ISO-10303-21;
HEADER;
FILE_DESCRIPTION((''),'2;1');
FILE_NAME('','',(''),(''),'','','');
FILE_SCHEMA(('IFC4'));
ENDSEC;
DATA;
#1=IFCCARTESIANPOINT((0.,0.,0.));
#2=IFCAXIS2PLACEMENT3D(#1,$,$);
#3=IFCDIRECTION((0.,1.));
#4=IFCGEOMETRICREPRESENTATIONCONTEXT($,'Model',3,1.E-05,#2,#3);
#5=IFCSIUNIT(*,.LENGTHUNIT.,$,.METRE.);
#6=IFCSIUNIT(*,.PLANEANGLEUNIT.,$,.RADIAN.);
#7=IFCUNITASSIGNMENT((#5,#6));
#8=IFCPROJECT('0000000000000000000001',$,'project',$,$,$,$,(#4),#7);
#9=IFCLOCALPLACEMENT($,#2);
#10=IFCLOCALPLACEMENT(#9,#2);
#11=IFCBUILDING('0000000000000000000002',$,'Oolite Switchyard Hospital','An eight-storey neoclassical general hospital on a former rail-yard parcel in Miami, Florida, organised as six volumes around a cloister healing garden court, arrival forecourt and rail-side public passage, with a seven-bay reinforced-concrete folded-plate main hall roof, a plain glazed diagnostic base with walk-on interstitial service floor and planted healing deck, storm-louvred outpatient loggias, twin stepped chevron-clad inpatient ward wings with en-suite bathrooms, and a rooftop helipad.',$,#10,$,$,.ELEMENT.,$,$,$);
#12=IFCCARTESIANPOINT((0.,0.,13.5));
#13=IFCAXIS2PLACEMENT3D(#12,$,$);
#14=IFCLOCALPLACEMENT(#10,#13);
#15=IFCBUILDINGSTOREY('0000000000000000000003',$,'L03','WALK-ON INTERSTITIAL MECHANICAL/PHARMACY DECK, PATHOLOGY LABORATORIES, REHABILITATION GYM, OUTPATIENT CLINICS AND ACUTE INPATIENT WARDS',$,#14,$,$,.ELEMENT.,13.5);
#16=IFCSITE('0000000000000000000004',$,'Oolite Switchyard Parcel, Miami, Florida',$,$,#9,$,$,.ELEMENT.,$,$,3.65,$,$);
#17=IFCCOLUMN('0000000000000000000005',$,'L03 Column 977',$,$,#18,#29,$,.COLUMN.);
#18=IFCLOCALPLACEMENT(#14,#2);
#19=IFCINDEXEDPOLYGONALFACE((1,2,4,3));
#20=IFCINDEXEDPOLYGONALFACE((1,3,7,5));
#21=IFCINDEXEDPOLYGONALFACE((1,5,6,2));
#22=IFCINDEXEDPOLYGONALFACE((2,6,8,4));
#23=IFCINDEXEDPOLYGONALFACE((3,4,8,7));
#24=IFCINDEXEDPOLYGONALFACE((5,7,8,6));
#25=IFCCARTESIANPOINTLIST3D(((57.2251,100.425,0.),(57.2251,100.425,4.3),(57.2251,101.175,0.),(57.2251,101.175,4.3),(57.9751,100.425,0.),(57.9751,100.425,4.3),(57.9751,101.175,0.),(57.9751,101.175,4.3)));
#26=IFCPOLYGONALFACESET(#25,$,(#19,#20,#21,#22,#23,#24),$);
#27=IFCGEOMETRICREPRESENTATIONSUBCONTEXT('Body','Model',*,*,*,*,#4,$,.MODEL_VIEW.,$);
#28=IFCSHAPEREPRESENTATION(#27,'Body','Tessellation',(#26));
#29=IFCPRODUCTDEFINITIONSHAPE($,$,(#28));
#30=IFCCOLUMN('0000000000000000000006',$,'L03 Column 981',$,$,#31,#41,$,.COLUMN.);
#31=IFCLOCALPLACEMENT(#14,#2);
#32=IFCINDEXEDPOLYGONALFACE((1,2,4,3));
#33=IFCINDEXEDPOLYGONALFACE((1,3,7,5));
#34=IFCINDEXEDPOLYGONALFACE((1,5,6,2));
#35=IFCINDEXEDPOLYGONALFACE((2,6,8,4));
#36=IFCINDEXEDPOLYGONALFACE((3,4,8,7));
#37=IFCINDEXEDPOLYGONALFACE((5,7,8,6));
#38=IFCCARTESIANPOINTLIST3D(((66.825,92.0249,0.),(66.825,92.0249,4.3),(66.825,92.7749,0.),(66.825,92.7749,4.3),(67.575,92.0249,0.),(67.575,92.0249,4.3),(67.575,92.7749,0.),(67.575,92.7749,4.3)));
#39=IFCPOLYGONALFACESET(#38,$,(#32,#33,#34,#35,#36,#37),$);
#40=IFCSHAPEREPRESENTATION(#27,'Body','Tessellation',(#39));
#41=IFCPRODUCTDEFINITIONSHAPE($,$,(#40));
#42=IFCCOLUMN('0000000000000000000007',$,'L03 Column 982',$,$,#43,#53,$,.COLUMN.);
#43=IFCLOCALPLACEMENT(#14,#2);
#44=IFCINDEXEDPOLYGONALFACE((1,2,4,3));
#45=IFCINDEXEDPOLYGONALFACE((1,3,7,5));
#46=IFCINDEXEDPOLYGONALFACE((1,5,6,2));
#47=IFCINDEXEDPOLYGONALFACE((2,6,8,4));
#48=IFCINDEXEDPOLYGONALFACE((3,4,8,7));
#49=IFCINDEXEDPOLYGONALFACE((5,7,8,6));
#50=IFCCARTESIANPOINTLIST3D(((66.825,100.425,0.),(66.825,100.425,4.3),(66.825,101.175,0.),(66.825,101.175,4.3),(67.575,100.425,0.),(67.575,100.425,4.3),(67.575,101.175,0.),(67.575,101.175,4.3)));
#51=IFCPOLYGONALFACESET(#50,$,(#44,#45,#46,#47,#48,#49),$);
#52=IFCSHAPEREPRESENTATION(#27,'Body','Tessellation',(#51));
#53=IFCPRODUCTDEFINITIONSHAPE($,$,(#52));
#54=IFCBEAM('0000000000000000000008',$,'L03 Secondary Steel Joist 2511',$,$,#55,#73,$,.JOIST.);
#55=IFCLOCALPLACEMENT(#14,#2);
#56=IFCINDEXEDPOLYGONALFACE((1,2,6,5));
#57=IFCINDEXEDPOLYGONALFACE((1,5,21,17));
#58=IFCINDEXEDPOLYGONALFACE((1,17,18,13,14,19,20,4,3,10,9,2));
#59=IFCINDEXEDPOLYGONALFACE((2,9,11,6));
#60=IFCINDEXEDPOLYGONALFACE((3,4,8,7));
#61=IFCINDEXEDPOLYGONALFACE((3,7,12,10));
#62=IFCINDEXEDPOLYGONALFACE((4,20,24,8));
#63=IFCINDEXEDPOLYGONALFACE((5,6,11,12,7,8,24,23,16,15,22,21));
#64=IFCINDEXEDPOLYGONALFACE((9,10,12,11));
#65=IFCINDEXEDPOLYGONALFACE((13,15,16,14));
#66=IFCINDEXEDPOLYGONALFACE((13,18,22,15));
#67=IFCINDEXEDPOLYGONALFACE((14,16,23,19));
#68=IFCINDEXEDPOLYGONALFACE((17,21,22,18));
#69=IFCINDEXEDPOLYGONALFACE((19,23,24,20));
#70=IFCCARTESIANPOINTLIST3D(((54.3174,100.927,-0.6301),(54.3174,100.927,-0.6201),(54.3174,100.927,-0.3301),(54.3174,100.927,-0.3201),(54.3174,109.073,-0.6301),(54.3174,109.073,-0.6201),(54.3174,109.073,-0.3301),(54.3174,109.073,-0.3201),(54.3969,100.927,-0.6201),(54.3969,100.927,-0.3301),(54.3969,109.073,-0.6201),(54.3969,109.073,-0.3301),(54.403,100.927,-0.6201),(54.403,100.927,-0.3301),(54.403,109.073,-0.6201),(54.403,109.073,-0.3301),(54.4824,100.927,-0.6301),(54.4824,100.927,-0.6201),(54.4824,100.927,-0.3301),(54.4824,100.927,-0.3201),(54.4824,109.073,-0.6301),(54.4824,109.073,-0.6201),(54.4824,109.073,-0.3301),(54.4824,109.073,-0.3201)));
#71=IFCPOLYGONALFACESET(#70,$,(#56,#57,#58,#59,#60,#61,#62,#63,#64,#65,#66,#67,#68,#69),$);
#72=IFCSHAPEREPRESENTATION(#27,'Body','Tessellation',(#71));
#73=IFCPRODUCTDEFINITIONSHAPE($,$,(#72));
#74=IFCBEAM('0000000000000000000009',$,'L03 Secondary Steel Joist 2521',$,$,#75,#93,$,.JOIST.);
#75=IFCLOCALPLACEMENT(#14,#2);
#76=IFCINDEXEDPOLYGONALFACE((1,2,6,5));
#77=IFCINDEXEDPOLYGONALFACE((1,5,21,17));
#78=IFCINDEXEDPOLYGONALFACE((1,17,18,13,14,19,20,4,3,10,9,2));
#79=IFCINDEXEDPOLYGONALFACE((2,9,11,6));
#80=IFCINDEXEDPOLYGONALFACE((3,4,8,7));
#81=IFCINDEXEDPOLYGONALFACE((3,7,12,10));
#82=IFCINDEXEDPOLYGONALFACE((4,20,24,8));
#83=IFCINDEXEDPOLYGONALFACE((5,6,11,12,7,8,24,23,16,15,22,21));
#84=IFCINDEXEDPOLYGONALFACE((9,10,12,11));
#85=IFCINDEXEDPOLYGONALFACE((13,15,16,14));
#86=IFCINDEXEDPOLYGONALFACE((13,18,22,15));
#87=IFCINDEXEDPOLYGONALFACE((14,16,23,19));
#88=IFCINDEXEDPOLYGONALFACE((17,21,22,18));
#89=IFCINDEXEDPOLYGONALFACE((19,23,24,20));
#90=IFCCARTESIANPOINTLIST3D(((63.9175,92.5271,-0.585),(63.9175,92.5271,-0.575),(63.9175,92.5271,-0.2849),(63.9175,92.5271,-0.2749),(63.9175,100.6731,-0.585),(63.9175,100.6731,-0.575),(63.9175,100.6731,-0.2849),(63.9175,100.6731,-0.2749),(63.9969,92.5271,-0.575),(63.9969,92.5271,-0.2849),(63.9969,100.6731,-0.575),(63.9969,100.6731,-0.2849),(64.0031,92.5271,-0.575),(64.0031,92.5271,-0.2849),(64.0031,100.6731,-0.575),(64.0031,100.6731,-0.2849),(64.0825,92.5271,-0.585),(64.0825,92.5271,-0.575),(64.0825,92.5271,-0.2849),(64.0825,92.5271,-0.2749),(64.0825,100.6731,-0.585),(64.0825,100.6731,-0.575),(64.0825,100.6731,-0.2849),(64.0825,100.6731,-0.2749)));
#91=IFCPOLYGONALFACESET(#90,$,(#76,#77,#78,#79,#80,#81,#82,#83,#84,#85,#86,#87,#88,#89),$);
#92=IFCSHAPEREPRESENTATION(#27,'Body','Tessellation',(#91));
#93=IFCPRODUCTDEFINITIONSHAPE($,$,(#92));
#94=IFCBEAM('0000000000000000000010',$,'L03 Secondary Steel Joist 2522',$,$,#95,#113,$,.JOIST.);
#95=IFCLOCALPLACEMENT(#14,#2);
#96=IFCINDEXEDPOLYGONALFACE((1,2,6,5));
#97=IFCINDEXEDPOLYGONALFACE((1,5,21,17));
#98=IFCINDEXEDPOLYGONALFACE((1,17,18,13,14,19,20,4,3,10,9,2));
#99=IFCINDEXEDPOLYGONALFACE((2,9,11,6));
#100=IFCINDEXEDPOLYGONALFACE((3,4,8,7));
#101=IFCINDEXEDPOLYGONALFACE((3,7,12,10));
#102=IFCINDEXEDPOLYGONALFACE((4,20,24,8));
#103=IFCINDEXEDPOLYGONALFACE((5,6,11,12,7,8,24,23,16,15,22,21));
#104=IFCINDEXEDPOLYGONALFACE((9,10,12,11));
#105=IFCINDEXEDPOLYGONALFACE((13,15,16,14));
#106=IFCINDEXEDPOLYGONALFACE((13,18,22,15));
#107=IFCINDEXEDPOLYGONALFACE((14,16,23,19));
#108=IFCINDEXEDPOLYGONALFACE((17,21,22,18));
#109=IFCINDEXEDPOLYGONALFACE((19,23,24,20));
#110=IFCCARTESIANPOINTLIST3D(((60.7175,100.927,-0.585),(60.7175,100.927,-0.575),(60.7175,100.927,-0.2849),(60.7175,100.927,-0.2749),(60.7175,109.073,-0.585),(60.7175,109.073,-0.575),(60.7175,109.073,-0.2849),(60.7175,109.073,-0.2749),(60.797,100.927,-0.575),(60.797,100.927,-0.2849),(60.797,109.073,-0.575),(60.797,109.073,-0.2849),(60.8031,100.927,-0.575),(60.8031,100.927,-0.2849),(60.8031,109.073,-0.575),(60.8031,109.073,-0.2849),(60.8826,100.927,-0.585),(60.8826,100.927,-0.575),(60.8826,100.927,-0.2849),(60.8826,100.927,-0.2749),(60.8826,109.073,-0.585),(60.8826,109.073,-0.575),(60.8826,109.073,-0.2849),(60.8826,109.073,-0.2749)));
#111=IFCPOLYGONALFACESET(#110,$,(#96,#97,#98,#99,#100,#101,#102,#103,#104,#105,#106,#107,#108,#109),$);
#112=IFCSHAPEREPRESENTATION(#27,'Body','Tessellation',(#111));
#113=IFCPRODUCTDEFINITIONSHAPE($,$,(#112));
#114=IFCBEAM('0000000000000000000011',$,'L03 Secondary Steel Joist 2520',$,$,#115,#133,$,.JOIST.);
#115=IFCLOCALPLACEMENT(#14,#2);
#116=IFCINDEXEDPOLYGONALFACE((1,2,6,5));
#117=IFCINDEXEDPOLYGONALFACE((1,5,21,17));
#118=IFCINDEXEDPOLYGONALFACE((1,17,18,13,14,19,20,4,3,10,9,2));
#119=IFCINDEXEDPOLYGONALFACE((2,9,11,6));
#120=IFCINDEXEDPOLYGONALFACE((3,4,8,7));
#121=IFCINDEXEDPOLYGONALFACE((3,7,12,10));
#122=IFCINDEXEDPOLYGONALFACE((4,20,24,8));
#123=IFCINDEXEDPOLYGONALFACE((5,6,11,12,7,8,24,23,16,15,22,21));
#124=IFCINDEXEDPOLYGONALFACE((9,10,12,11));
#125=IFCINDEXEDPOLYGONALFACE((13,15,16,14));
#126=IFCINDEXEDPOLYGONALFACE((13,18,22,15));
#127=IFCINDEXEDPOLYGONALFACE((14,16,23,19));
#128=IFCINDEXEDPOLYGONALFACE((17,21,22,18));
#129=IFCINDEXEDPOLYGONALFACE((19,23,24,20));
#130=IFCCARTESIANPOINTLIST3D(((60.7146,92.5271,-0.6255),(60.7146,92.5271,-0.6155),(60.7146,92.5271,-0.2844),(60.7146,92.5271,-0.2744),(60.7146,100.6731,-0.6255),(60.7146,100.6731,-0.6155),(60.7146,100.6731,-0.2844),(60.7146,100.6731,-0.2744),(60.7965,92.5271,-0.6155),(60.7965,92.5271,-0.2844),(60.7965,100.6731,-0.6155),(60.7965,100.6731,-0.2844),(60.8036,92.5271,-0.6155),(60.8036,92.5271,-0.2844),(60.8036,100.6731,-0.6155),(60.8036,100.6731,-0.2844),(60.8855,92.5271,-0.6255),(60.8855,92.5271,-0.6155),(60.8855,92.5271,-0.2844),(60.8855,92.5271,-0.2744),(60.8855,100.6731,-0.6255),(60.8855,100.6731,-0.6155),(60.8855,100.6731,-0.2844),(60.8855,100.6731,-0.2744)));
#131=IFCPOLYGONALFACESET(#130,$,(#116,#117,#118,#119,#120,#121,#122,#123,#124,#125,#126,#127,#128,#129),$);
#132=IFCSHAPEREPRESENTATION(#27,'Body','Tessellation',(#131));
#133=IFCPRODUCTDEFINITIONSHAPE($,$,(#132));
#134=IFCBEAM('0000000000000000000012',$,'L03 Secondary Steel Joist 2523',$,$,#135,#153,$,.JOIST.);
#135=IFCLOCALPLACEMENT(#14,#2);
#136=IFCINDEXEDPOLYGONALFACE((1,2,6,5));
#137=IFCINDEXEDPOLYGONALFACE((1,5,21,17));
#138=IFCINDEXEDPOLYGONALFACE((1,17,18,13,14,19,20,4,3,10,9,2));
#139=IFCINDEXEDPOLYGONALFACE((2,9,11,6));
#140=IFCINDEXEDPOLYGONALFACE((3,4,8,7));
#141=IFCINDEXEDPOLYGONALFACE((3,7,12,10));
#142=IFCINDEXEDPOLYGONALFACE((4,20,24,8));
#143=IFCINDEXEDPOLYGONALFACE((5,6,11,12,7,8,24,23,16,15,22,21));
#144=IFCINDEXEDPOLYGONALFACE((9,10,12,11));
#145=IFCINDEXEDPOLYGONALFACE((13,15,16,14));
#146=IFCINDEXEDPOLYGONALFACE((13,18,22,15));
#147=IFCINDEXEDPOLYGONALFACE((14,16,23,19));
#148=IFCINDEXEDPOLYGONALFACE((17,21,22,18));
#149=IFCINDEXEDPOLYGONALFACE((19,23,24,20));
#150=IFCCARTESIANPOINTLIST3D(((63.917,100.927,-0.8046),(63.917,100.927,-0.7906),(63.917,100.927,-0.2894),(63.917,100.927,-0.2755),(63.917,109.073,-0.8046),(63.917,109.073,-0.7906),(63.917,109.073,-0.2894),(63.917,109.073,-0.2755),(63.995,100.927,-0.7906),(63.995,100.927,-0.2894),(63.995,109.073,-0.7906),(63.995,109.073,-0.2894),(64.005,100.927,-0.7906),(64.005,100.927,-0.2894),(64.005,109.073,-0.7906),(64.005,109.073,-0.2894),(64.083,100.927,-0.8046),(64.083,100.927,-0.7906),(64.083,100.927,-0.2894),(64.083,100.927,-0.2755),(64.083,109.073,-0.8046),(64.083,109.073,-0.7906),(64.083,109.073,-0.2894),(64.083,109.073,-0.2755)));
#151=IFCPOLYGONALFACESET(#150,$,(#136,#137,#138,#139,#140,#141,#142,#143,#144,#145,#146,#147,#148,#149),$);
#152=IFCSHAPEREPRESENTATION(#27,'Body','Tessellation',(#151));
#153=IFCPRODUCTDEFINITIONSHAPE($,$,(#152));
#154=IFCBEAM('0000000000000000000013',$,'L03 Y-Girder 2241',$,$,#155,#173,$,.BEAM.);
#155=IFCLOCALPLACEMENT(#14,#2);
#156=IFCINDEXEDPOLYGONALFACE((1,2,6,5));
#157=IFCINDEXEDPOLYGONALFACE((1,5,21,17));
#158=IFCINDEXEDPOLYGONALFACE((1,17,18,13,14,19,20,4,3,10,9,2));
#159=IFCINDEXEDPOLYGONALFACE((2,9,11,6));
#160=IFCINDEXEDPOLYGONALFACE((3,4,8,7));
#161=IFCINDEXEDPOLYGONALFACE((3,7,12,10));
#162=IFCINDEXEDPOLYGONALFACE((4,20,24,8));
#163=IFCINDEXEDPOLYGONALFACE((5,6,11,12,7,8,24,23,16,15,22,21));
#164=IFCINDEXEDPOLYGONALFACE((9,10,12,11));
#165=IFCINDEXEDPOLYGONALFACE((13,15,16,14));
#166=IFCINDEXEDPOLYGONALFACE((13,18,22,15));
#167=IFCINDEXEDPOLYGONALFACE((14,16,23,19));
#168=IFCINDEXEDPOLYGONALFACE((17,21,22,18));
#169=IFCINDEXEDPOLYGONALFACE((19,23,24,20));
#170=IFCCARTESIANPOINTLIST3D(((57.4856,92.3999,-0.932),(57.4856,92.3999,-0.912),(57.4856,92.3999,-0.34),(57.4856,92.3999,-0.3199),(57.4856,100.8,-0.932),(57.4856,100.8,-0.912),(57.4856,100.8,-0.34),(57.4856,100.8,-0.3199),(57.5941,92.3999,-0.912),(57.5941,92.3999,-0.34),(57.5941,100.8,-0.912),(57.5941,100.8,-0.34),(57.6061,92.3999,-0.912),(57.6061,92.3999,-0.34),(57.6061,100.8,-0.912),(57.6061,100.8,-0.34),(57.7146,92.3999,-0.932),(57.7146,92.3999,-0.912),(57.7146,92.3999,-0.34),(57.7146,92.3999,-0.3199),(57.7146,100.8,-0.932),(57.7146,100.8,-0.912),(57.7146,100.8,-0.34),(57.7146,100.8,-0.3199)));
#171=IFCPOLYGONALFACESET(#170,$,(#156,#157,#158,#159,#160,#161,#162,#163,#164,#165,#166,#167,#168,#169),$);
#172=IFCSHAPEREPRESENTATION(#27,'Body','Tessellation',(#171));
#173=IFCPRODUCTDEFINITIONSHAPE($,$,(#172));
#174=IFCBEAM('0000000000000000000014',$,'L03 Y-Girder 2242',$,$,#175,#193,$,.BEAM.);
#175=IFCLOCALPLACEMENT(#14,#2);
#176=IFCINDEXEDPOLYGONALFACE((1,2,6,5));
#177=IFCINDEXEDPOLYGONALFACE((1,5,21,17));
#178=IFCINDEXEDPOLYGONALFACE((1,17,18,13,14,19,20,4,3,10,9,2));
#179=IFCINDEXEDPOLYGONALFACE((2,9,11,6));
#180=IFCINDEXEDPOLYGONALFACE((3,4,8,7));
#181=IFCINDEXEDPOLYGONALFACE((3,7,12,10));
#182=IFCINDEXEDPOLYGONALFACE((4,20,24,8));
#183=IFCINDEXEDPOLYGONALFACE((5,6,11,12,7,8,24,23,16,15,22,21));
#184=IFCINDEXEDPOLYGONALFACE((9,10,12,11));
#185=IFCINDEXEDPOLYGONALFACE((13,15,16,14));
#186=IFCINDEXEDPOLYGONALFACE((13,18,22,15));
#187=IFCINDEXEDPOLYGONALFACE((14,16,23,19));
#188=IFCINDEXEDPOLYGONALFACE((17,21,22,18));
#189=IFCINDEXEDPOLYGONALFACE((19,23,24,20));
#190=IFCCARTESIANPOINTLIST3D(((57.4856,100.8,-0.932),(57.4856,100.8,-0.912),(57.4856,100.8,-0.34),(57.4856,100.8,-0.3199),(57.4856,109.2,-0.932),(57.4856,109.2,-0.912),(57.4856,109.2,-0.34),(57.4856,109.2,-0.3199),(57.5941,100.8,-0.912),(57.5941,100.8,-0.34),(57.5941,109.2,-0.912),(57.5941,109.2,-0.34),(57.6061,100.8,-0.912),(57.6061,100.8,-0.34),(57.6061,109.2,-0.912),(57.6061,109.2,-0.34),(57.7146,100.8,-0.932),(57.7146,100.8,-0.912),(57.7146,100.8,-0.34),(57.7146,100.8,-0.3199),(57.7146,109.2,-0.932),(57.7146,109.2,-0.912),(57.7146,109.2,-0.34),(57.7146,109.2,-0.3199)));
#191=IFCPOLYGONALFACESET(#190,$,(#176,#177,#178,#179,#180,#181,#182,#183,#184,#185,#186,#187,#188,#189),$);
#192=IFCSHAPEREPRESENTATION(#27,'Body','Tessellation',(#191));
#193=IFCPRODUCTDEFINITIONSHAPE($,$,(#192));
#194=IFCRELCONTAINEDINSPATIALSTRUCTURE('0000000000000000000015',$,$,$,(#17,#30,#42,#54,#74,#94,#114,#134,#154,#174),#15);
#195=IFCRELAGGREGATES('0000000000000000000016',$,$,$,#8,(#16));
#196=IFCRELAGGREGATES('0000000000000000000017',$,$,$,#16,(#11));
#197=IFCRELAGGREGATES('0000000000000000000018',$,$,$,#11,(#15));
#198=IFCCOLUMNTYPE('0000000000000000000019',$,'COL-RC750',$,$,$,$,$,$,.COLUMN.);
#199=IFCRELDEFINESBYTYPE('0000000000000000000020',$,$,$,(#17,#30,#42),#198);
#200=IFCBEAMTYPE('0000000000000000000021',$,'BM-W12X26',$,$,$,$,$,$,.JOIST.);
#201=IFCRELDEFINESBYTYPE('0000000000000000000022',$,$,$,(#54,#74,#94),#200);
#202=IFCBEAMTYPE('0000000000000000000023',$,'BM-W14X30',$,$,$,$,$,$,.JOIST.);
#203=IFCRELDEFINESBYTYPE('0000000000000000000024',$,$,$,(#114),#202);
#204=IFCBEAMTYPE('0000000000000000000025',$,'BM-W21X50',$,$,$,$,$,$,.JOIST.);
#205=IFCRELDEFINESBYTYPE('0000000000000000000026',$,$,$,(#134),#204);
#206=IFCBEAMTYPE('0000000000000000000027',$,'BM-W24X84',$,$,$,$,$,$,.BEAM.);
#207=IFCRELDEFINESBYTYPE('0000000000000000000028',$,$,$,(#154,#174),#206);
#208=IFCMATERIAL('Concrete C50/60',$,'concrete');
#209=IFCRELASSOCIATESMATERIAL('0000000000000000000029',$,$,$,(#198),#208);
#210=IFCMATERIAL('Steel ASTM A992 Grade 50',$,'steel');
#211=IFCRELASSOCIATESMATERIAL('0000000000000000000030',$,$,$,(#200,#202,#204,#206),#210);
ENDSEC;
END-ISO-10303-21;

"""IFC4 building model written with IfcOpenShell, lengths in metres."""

from ifc_helpers import new_model, si_unit, direction, frame, origin, origin_2d, place, context, subcontext, project, spatial, rectangle, i_section, extrude, material, material_profile, profile_set, type_object, element, save


model = new_model("IFC4")

# Units and contexts
model_context = context("Model", 3, precision=1e-05, world=origin(), true_north=direction((0.0, 1.0)))
body_context = subcontext(model_context, "Body", "Model", "MODEL_VIEW")
ifc_project = project(units=[si_unit("LENGTHUNIT", "METRE"), si_unit("PLANEANGLEUNIT", "RADIAN")], contexts=[model_context])

# Site, building, storey
site_placement = place(None, origin())
site = spatial("IfcSite", under=ifc_project, at=site_placement, Name="Oolite Switchyard Parcel, Miami, Florida", CompositionType="ELEMENT", RefElevation=3.65)
building_placement = place(site_placement, origin())
building = spatial("IfcBuilding", under=site, at=building_placement, Name="Oolite Switchyard Hospital", Description="An eight-storey neoclassical general hospital on a former rail-yard parcel in Miami, Florida, organised as six volumes around a cloister healing garden court, arrival forecourt and rail-side public passage, with a seven-bay reinforced-concrete folded-plate main hall roof, a plain glazed diagnostic base with walk-on interstitial service floor and planted healing deck, storm-louvred outpatient loggias, twin stepped chevron-clad inpatient ward wings with en-suite bathrooms, and a rooftop helipad.", CompositionType="ELEMENT")
storey_placement = place(building_placement, frame((0.0, 0.0, 13.5)))
storey = spatial("IfcBuildingStorey", under=building, at=storey_placement, Name="L03", Description="WALK-ON INTERSTITIAL MECHANICAL/PHARMACY DECK, PATHOLOGY LABORATORIES, REHABILITATION GYM, OUTPATIENT CLINICS AND ACUTE INPATIENT WARDS", CompositionType="ELEMENT", Elevation=13.5)

# Columns
ifc_material_1 = material(Name="Concrete C50/60", Category="concrete")
ifc_material_profile_1 = material_profile(ifc_material_1, rectangle(XDim=0.75, YDim=0.75, at=origin_2d()), Name="RC750X750")
ifc_profile_set_1 = profile_set([ifc_material_profile_1], Name="Concrete C50/60")
column_type = type_object("IfcColumnType", Name="COL-RC750", PredefinedType="COLUMN", material=ifc_profile_set_1)
for number, where, z_axis, x_axis, name in (
    (1, (57.6001, 100.8, 0.0), (0.0, 0.0, 1.0), (1.0, 0.0, 0.0), "L03 Column 977"),
    (2, (67.2, 92.3999, 0.0), (0.0, 0.0, 1.0), (1.0, 0.0, 0.0), "L03 Column 981"),
    (3, (67.2, 100.8, 0.0), (0.0, 0.0, 1.0), (1.0, 0.0, 0.0), "L03 Column 982"),
):
    element("IfcColumn", number, at=place(storey_placement, frame(where, z_axis=z_axis, x_axis=x_axis)), inside=storey, type_object=column_type, Name=name, PredefinedType="COLUMN", context=body_context, shape_type="SweptSolid", body=[
        extrude(rectangle(XDim=0.75, YDim=0.75, at=origin_2d()), origin(), (0.0, 0.0, 1.0), 4.3),
    ])

# Beams
ifc_material_2 = material(Name="Steel ASTM A992 Grade 50", Category="steel")
ifc_material_profile_2 = material_profile(ifc_material_2, i_section(OverallWidth=0.165, OverallDepth=0.3101, WebThickness=0.0061, FlangeThickness=0.01, at=origin_2d()), Name="W12X26")
ifc_profile_set_2 = profile_set([ifc_material_profile_2], Name="Steel ASTM A992 Grade 50")
beam_type_1 = type_object("IfcBeamType", Name="BM-W12X26", PredefinedType="JOIST", material=ifc_profile_set_2)
for number, where, z_axis, x_axis, name in (
    (4, (54.3999, 100.927, -0.4751), (0.0, 1.0, 0.0), (-1.0, 0.0, 0.0), "L03 Secondary Steel Joist 2511"),
    (5, (64.0, 92.5271, -0.4299), (0.0, 1.0, 0.0), (-1.0, 0.0, 0.0), "L03 Secondary Steel Joist 2521"),
    (6, (60.8, 100.927, -0.4299), (0.0, 1.0, 0.0), (-1.0, 0.0, 0.0), "L03 Secondary Steel Joist 2522"),
):
    element("IfcBeam", number, at=place(storey_placement, frame(where, z_axis=z_axis, x_axis=x_axis)), inside=storey, type_object=beam_type_1, Name=name, PredefinedType="JOIST", context=body_context, shape_type="SweptSolid", body=[
        extrude(i_section(OverallWidth=0.165, OverallDepth=0.3101, WebThickness=0.0061, FlangeThickness=0.01, at=origin_2d()), origin(), (0.0, 0.0, 1.0), 8.146),
    ])
ifc_material_profile_3 = material_profile(ifc_material_2, i_section(OverallWidth=0.1709, OverallDepth=0.3511, WebThickness=0.0071, FlangeThickness=0.01, at=origin_2d()), Name="W14X30")
ifc_profile_set_3 = profile_set([ifc_material_profile_3], Name="Steel ASTM A992 Grade 50")
beam_type_2 = type_object("IfcBeamType", Name="BM-W14X30", PredefinedType="JOIST", material=ifc_profile_set_3)
beam_1_placement = place(storey_placement, frame((60.8, 92.5271, -0.45), z_axis=(0.0, 1.0, 0.0), x_axis=(-1.0, 0.0, 0.0)))
element("IfcBeam", 7, at=beam_1_placement, inside=storey, type_object=beam_type_2, Name="L03 Secondary Steel Joist 2520", PredefinedType="JOIST", context=body_context, shape_type="SweptSolid", body=[
    extrude(i_section(OverallWidth=0.1709, OverallDepth=0.3511, WebThickness=0.0071, FlangeThickness=0.01, at=origin_2d()), origin(), (0.0, 0.0, 1.0), 8.146),
])
ifc_material_profile_4 = material_profile(ifc_material_2, i_section(OverallWidth=0.166, OverallDepth=0.5291, WebThickness=0.01, FlangeThickness=0.0139, at=origin_2d()), Name="W21X50")
ifc_profile_set_4 = profile_set([ifc_material_profile_4], Name="Steel ASTM A992 Grade 50")
beam_type_3 = type_object("IfcBeamType", Name="BM-W21X50", PredefinedType="JOIST", material=ifc_profile_set_4)
beam_2_placement = place(storey_placement, frame((64.0, 100.927, -0.54), z_axis=(0.0, 1.0, 0.0), x_axis=(-1.0, 0.0, 0.0)))
element("IfcBeam", 8, at=beam_2_placement, inside=storey, type_object=beam_type_3, Name="L03 Secondary Steel Joist 2523", PredefinedType="JOIST", context=body_context, shape_type="SweptSolid", body=[
    extrude(i_section(OverallWidth=0.166, OverallDepth=0.5291, WebThickness=0.01, FlangeThickness=0.0139, at=origin_2d()), origin(), (0.0, 0.0, 1.0), 8.146),
])
ifc_material_profile_5 = material_profile(ifc_material_2, i_section(OverallWidth=0.229, OverallDepth=0.6121, WebThickness=0.012, FlangeThickness=0.02, at=origin_2d()), Name="W24X84")
ifc_profile_set_5 = profile_set([ifc_material_profile_5], Name="Steel ASTM A992 Grade 50")
beam_type_4 = type_object("IfcBeamType", Name="BM-W24X84", PredefinedType="BEAM", material=ifc_profile_set_5)
beam_3_placement = place(storey_placement, frame((57.6001, 92.3999, -0.626), z_axis=(0.0, 1.0, 0.0), x_axis=(-1.0, 0.0, 0.0)))
element("IfcBeam", 9, at=beam_3_placement, inside=storey, type_object=beam_type_4, Name="L03 Y-Girder 2241", PredefinedType="BEAM", context=body_context, shape_type="SweptSolid", body=[
    extrude(i_section(OverallWidth=0.229, OverallDepth=0.6121, WebThickness=0.012, FlangeThickness=0.02, at=origin_2d()), origin(), (0.0, 0.0, 1.0), 8.4001),
])
beam_4_placement = place(storey_placement, frame((57.6001, 100.8, -0.626), z_axis=(0.0, 1.0, 0.0), x_axis=(-1.0, 0.0, 0.0)))
element("IfcBeam", 10, at=beam_4_placement, inside=storey, type_object=beam_type_4, Name="L03 Y-Girder 2242", PredefinedType="BEAM", context=body_context, shape_type="SweptSolid", body=[
    extrude(i_section(OverallWidth=0.229, OverallDepth=0.6121, WebThickness=0.012, FlangeThickness=0.02, at=origin_2d()), origin(), (0.0, 0.0, 1.0), 8.3999),
])

save(model, "model.ifc")
